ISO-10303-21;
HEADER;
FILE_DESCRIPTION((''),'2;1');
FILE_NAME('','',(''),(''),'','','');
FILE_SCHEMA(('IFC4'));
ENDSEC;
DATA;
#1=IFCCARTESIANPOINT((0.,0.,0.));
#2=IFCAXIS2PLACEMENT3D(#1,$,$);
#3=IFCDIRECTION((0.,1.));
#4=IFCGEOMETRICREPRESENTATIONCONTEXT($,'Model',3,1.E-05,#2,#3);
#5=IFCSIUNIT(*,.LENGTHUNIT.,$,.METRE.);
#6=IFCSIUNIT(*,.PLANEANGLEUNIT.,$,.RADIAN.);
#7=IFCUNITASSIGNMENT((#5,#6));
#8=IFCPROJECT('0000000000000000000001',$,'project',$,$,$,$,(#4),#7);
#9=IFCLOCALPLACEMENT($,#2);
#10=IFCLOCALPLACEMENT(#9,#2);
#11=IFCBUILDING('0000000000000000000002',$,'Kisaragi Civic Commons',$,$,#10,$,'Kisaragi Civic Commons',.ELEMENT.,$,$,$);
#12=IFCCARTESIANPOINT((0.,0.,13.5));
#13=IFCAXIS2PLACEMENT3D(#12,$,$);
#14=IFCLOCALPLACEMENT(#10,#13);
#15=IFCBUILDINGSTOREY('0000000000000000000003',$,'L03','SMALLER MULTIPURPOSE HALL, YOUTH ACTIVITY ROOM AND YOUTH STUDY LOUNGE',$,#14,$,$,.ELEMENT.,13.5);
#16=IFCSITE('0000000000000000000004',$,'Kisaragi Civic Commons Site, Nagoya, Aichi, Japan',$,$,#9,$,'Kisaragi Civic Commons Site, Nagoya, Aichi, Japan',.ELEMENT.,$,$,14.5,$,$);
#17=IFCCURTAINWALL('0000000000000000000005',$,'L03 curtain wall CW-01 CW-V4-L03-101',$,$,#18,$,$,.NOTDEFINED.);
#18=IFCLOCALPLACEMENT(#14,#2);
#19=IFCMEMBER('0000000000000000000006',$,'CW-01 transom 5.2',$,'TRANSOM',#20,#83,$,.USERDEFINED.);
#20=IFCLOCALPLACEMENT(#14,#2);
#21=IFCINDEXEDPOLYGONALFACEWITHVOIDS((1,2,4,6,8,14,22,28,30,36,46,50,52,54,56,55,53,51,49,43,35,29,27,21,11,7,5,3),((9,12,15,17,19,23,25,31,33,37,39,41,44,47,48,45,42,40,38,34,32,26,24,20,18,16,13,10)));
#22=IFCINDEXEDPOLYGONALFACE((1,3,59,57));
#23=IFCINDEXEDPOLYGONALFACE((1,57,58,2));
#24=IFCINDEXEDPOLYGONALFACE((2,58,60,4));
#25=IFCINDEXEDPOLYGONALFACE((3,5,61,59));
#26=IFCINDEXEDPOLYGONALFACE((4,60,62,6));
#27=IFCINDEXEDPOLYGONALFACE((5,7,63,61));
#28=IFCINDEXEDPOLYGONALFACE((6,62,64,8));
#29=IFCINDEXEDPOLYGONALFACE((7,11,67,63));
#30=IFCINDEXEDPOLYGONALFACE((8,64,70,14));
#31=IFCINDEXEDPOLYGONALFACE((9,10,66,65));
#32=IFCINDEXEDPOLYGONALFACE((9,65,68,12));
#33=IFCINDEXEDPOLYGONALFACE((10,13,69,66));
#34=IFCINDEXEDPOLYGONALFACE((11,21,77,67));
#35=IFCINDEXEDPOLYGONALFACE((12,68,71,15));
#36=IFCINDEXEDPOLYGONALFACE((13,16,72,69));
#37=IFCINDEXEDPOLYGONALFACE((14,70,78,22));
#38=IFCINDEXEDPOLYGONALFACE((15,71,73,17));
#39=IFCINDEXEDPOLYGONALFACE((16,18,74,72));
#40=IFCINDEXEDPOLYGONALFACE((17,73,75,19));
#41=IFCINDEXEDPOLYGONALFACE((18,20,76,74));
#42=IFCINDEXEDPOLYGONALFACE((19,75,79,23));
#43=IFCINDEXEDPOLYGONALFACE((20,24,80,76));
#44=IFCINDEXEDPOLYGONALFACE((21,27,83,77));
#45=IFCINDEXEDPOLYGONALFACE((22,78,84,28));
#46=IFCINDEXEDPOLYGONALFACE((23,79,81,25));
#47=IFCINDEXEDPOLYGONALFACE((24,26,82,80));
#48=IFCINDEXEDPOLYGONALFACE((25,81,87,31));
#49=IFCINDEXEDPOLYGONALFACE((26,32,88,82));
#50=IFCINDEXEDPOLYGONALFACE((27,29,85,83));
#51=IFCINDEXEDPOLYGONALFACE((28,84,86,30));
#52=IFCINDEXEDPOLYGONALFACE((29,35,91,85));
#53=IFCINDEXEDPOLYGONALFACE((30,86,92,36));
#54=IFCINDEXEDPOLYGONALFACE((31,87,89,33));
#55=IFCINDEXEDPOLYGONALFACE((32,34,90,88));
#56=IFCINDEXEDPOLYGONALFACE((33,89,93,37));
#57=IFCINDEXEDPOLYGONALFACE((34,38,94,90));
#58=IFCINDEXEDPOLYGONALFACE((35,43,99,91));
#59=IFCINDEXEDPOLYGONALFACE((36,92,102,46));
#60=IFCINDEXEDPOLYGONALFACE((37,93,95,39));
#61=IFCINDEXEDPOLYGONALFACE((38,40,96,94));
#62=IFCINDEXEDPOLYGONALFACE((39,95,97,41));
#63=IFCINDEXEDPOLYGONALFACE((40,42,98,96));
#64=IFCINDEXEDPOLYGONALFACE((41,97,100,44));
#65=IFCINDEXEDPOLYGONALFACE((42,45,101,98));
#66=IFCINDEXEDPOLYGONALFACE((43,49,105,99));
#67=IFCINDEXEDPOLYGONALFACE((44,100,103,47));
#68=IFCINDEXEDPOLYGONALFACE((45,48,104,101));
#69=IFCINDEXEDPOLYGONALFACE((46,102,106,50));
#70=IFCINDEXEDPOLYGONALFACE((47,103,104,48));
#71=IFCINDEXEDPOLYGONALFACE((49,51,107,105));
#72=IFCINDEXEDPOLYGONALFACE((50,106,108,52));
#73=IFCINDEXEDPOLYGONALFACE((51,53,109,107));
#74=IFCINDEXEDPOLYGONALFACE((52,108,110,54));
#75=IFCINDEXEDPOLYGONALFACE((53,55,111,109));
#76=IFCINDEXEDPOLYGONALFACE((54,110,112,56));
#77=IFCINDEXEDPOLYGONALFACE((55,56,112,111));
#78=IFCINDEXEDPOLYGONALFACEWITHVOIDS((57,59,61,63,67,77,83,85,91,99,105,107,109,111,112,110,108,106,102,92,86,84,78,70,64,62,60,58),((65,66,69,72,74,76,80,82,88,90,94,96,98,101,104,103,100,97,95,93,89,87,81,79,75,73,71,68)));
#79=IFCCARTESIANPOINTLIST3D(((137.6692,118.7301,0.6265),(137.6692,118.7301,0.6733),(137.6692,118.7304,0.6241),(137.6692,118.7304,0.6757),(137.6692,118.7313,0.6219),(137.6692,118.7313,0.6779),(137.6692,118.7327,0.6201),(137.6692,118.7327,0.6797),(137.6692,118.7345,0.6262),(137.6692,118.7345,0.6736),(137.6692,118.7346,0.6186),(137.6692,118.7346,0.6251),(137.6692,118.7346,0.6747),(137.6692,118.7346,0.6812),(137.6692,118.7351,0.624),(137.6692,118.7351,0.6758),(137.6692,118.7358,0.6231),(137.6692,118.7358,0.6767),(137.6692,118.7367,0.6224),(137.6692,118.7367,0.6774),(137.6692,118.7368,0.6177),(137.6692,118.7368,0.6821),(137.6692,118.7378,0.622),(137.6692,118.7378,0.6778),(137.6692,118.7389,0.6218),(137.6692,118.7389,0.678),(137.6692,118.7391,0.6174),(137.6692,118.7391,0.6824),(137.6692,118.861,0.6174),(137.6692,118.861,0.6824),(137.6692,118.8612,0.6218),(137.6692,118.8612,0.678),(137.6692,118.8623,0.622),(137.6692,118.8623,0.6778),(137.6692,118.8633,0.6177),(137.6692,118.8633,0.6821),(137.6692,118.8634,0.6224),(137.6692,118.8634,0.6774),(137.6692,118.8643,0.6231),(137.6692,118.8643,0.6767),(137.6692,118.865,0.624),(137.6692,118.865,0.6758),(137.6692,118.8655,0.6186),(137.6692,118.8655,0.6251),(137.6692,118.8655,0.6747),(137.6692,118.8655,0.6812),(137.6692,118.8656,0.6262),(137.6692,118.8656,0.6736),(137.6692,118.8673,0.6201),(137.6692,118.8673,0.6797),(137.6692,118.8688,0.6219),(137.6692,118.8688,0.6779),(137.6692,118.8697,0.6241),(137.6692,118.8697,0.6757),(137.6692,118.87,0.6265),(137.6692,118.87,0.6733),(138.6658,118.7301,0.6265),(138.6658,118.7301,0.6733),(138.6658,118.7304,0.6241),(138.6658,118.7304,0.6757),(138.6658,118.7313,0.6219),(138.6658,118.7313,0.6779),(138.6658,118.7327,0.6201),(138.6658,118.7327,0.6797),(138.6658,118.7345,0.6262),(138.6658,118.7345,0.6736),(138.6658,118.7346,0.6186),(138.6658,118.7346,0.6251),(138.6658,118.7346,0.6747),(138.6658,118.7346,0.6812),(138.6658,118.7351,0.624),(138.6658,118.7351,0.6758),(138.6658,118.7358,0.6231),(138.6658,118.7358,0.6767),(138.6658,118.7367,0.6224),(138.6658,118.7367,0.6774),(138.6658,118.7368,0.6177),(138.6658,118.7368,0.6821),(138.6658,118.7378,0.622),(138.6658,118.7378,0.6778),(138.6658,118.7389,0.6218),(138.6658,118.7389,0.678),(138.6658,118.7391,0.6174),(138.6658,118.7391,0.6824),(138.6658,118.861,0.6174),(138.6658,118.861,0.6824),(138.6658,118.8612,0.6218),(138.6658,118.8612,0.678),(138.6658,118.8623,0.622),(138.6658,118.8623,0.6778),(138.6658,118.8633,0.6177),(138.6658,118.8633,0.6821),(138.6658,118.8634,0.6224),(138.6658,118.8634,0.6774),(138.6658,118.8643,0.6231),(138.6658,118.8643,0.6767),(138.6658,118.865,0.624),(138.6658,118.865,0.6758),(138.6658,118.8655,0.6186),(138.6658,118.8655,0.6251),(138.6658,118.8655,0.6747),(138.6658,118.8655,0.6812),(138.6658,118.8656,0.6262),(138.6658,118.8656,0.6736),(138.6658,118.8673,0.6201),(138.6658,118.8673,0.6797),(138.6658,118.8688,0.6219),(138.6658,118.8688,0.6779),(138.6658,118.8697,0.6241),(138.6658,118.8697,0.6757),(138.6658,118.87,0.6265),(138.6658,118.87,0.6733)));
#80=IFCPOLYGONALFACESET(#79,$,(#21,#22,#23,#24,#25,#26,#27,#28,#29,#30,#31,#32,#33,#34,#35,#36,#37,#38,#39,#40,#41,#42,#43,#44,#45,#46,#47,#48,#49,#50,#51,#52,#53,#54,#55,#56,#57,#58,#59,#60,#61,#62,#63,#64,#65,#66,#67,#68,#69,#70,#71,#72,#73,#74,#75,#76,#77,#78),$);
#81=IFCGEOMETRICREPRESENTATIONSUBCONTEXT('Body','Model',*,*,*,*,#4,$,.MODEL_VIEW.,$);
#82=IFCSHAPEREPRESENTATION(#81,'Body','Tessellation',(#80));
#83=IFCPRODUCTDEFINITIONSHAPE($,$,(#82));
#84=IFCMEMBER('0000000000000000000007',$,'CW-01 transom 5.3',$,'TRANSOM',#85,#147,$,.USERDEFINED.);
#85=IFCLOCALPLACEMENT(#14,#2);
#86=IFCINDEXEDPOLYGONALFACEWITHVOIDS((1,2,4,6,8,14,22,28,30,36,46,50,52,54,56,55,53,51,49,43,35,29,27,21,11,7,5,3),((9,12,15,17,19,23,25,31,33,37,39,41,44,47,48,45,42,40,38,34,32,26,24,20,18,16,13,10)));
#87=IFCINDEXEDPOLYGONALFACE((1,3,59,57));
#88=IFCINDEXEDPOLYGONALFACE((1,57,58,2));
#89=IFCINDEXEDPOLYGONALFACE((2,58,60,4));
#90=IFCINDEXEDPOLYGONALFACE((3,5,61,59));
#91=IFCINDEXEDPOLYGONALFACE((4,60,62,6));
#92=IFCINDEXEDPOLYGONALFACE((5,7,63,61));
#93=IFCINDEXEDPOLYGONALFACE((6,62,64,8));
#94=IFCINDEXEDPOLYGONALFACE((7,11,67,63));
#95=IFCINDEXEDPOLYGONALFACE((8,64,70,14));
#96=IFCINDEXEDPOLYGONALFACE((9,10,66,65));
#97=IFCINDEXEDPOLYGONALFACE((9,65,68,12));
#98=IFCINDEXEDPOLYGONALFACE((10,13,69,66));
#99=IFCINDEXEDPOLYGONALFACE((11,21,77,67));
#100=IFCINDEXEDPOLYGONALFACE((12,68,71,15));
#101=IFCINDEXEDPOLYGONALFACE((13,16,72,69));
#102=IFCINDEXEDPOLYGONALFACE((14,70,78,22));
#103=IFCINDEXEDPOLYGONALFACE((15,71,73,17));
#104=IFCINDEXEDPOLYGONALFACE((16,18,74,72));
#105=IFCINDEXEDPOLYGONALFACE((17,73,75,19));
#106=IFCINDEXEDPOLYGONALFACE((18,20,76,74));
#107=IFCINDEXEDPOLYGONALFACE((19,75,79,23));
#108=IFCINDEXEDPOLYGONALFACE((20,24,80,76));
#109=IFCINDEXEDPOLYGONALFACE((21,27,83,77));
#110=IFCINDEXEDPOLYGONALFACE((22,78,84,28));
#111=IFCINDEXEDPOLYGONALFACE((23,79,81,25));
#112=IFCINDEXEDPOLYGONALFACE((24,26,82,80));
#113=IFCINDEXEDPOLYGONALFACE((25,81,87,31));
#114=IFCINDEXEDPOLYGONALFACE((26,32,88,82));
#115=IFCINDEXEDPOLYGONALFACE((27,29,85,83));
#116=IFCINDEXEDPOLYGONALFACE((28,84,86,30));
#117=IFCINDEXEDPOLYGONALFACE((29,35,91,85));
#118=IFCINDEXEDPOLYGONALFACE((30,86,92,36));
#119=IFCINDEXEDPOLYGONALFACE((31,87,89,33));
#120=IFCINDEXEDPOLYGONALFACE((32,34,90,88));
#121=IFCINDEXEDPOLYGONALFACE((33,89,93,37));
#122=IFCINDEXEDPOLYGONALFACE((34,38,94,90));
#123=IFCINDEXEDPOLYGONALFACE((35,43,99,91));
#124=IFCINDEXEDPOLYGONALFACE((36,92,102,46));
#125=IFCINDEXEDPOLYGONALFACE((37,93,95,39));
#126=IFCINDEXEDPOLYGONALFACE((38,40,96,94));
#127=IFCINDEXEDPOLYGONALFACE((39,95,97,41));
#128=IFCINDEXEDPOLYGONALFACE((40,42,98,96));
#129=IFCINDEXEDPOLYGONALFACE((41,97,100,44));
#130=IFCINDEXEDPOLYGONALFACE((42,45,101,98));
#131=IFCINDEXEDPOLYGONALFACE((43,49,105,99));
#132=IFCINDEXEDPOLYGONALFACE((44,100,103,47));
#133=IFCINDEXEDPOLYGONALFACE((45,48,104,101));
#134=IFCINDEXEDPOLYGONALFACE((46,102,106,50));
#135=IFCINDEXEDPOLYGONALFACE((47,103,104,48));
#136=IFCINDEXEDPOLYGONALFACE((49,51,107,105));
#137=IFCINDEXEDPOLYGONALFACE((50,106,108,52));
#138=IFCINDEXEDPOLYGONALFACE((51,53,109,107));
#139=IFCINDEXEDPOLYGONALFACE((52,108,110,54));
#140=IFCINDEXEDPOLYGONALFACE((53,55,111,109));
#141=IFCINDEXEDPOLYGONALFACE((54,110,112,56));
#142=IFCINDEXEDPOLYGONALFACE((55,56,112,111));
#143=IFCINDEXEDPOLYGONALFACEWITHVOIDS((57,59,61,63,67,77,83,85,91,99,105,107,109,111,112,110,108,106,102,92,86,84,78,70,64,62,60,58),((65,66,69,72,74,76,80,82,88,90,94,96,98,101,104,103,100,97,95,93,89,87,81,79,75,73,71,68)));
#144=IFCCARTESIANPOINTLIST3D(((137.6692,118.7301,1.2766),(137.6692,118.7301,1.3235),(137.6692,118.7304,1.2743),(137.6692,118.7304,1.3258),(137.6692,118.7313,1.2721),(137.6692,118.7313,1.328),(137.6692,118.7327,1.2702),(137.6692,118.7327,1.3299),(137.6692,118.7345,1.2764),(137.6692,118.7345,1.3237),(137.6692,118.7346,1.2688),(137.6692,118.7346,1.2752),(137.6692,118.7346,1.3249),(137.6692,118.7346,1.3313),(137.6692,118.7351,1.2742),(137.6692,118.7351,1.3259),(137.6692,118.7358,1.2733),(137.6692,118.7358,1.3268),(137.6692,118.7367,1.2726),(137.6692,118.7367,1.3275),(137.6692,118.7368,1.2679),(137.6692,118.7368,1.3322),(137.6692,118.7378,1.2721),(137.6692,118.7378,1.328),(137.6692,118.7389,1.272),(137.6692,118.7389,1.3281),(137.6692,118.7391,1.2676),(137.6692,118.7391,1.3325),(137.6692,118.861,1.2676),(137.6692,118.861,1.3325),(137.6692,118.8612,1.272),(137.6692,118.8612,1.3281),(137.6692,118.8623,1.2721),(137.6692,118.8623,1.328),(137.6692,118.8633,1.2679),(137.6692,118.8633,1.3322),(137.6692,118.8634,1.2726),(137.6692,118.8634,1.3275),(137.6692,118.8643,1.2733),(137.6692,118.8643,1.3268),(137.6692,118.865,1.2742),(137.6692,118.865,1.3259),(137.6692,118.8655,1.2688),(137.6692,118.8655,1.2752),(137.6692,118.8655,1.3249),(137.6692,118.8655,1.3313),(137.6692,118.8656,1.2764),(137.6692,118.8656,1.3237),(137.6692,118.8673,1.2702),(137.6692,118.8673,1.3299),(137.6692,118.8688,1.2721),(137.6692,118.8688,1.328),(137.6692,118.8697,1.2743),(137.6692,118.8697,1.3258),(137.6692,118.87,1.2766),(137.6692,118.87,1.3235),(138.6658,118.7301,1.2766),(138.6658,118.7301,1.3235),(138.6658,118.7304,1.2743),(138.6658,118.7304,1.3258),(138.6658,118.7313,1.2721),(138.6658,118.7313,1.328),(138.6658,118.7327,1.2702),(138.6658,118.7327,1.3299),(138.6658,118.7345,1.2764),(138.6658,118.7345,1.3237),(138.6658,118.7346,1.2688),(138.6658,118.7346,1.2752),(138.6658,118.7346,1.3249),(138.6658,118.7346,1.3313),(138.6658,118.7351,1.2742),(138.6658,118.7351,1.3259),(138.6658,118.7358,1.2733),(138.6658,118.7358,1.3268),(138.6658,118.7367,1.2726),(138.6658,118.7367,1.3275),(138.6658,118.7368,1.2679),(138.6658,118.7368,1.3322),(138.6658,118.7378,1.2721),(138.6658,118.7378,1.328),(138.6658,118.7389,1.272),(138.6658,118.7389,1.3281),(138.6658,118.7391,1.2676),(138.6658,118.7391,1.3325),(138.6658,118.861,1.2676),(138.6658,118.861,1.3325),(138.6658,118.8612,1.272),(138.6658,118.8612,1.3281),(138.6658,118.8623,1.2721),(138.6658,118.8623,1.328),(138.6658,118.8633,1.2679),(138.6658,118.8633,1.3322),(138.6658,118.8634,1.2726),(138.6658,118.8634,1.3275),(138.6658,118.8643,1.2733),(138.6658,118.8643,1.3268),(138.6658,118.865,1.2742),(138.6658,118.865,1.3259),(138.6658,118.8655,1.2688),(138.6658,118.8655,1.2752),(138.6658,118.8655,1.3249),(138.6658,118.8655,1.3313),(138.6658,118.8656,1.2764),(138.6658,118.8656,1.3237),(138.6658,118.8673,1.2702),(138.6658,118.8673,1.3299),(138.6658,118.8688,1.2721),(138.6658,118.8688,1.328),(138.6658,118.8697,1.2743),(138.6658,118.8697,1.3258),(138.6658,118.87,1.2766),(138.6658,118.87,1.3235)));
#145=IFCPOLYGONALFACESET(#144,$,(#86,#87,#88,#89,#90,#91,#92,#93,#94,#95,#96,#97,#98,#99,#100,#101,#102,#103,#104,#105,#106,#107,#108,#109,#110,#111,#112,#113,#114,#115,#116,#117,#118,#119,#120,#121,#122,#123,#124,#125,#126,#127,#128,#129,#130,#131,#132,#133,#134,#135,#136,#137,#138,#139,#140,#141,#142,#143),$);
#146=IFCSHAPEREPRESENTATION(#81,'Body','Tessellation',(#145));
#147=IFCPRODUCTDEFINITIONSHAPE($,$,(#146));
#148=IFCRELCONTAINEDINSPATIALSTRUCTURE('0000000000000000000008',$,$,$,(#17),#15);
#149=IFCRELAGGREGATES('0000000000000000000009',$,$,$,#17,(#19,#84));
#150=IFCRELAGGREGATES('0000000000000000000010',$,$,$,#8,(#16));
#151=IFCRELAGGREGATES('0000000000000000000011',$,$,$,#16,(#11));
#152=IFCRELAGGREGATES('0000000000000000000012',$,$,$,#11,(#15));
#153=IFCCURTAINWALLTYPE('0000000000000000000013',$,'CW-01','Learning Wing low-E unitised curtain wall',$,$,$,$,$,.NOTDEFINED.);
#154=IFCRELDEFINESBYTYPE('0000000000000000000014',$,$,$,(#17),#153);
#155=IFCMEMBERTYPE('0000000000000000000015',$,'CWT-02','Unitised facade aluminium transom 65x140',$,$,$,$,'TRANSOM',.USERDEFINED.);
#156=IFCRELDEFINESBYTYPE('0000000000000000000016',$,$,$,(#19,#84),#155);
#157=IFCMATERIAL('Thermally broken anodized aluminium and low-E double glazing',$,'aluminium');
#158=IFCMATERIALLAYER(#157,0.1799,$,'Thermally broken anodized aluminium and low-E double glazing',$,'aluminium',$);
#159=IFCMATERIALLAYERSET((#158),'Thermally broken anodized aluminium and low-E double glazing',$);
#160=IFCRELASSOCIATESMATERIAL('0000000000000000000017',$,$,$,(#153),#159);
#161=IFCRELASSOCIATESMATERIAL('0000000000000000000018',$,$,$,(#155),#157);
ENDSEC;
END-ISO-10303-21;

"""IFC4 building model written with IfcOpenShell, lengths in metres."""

from ifc_helpers import new_model, si_unit, direction, frame, origin, origin_2d, place, context, subcontext, project, spatial, hollow_rectangle, extrude, material, layer, layer_set, material_profile, profile_set, type_object, element, aggregate, save


model = new_model("IFC4")

# Units and contexts
model_context = context("Model", 3, precision=1e-05, world=origin(), true_north=direction((0.0, 1.0)))
body_context = subcontext(model_context, "Body", "Model", "MODEL_VIEW")
ifc_project = project(units=[si_unit("LENGTHUNIT", "METRE"), si_unit("PLANEANGLEUNIT", "RADIAN")], contexts=[model_context])

# Site, building, storey
site_placement = place(None, origin())
site = spatial("IfcSite", under=ifc_project, at=site_placement, Name="Kisaragi Civic Commons Site, Nagoya, Aichi, Japan", LongName="Kisaragi Civic Commons Site, Nagoya, Aichi, Japan", CompositionType="ELEMENT", RefElevation=14.5)
building_placement = place(site_placement, origin())
building = spatial("IfcBuilding", under=site, at=building_placement, Name="Kisaragi Civic Commons", LongName="Kisaragi Civic Commons", CompositionType="ELEMENT")
storey_placement = place(building_placement, frame((0.0, 0.0, 13.5)))
storey = spatial("IfcBuildingStorey", under=building, at=storey_placement, Name="L03", Description="SMALLER MULTIPURPOSE HALL, YOUTH ACTIVITY ROOM AND YOUTH STUDY LOUNGE", CompositionType="ELEMENT", Elevation=13.5)

# Curtain wall, members
ifc_material_1 = material(Name="Thermally broken anodized aluminium and low-E double glazing", Category="aluminium")
ifc_layer_1 = layer(ifc_material_1, 0.1799, Name="Thermally broken anodized aluminium and low-E double glazing", Category="aluminium")
ifc_layer_set_1 = layer_set([ifc_layer_1], Name="Thermally broken anodized aluminium and low-E double glazing")
curtain_wall_type = type_object("IfcCurtainWallType", Name="CW-01", Description="Learning Wing low-E unitised curtain wall", PredefinedType="NOTDEFINED", material=ifc_layer_set_1)
curtain_wall_placement = place(storey_placement, origin())
curtain_wall = element("IfcCurtainWall", 1, at=curtain_wall_placement, inside=storey, type_object=curtain_wall_type, Name="L03 curtain wall CW-01 CW-V4-L03-101", PredefinedType="NOTDEFINED")
ifc_material_profile_1 = material_profile(ifc_material_1, hollow_rectangle(XDim=0.1399, YDim=0.0649, WallThickness=0.0044, InnerFilletRadius=0.0044, OuterFilletRadius=0.009, at=origin_2d()), Name="CWT-65x140x4.5", Category="aluminium")
ifc_profile_set_1 = profile_set([ifc_material_profile_1], Name="Thermally broken anodized aluminium and low-E double glazing")
member_type_1 = type_object("IfcMemberType", Name="CWT-02", Description="Unitised facade aluminium transom 65x140", ElementType="TRANSOM", PredefinedType="USERDEFINED", material=ifc_profile_set_1)
member_1_placement = place(storey_placement, frame((137.6692, 118.8, 0.6499), z_axis=(1.0, 0.0, 0.0), x_axis=(0.0, 1.0, 0.0)))
member_1 = element("IfcMember", 2, at=member_1_placement, type_object=member_type_1, Name="CW-01 transom 5.2", ObjectType="TRANSOM", PredefinedType="USERDEFINED", context=body_context, shape_type="SweptSolid", body=[
    extrude(hollow_rectangle(XDim=0.1399, YDim=0.0649, WallThickness=0.0044, InnerFilletRadius=0.0044, OuterFilletRadius=0.009, at=origin_2d()), origin(), (0.0, 0.0, 1.0), 0.9966),
])
member_2_placement = place(storey_placement, frame((137.6692, 118.8, 1.3), z_axis=(1.0, 0.0, 0.0), x_axis=(0.0, 1.0, 0.0)))
member_2 = element("IfcMember", 3, at=member_2_placement, type_object=member_type_1, Name="CW-01 transom 5.3", ObjectType="TRANSOM", PredefinedType="USERDEFINED", context=body_context, shape_type="SweptSolid", body=[
    extrude(hollow_rectangle(XDim=0.1399, YDim=0.0649, WallThickness=0.0044, InnerFilletRadius=0.0044, OuterFilletRadius=0.009, at=origin_2d()), origin(), (0.0, 0.0, 1.0), 0.9966),
])

aggregate(curtain_wall, [member_1, member_2])

save(model, "model.ifc")
